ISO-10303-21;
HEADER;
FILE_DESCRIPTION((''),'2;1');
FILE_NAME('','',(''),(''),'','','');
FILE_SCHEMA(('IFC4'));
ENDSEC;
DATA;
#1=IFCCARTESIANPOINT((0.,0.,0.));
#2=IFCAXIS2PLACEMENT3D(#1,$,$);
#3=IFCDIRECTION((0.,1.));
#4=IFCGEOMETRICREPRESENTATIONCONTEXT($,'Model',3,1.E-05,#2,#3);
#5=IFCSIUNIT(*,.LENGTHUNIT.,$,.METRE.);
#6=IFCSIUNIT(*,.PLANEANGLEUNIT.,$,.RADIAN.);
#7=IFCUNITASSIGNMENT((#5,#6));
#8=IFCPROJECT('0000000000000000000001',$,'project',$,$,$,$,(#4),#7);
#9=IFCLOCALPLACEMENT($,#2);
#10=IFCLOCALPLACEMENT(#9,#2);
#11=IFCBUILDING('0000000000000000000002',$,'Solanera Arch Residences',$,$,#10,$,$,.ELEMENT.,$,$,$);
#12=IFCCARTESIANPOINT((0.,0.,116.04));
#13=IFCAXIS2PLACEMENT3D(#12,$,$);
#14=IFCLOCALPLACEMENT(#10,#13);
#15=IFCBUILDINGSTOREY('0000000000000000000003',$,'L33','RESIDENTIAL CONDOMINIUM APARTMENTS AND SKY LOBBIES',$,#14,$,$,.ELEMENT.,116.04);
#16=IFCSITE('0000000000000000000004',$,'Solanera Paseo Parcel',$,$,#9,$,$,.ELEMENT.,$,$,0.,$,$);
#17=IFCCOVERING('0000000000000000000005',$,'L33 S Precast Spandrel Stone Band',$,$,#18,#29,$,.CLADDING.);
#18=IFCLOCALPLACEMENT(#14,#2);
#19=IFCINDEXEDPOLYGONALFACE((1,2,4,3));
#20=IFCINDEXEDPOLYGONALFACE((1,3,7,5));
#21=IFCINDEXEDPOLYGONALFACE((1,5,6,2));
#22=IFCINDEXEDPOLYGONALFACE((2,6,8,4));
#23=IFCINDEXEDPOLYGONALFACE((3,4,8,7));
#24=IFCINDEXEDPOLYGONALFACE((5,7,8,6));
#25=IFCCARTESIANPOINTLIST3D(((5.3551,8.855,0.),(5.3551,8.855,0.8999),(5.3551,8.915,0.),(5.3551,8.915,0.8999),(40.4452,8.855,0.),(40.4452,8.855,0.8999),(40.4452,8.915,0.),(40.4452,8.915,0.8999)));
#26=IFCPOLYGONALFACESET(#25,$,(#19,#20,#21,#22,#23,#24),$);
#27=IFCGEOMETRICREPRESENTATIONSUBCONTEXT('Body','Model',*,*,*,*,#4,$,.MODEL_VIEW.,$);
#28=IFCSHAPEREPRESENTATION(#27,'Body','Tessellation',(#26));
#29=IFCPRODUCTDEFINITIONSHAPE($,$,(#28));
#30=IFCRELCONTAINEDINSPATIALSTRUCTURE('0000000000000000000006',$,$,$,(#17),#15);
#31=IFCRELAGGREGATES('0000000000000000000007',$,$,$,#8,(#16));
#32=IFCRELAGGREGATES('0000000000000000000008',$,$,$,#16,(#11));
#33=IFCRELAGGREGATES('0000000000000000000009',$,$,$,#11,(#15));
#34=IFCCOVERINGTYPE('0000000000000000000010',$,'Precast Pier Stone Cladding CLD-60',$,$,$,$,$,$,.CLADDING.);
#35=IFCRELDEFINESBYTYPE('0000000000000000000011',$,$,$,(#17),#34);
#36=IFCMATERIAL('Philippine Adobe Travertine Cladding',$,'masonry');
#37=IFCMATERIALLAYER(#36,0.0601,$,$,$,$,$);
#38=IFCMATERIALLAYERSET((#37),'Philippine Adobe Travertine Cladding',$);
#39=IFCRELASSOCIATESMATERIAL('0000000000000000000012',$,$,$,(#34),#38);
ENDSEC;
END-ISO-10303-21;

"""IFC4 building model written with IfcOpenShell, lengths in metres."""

from ifc_helpers import new_model, si_unit, direction, frame, frame_2d, origin, place, context, subcontext, project, spatial, rectangle, extrude, material, layer, layer_set, type_object, element, save


model = new_model("IFC4")

# Units and contexts
model_context = context("Model", 3, precision=1e-05, world=origin(), true_north=direction((0.0, 1.0)))
body_context = subcontext(model_context, "Body", "Model", "MODEL_VIEW")
ifc_project = project(units=[si_unit("LENGTHUNIT", "METRE"), si_unit("PLANEANGLEUNIT", "RADIAN")], contexts=[model_context])

# Site, building, storey
site_placement = place(None, origin())
site = spatial("IfcSite", under=ifc_project, at=site_placement, Name="Solanera Paseo Parcel", CompositionType="ELEMENT", RefElevation=0.0)
building_placement = place(site_placement, origin())
building = spatial("IfcBuilding", under=site, at=building_placement, Name="Solanera Arch Residences", CompositionType="ELEMENT")
storey_placement = place(building_placement, frame((0.0, 0.0, 116.04)))
storey = spatial("IfcBuildingStorey", under=building, at=storey_placement, Name="L33", Description="RESIDENTIAL CONDOMINIUM APARTMENTS AND SKY LOBBIES", CompositionType="ELEMENT", Elevation=116.04)

# Covering
ifc_material_1 = material(Name="Philippine Adobe Travertine Cladding", Category="masonry")
ifc_layer_1 = layer(ifc_material_1, 0.0601)
ifc_layer_set_1 = layer_set([ifc_layer_1], Name="Philippine Adobe Travertine Cladding")
covering_type = type_object("IfcCoveringType", Name="Precast Pier Stone Cladding CLD-60", PredefinedType="CLADDING", material=ifc_layer_set_1)
covering_placement = place(storey_placement, frame((40.4451, 8.885, 0.0), z_axis=(0.0, 0.0, 1.0), x_axis=(-1.0, 0.0, 0.0)))
element("IfcCovering", 1, at=covering_placement, inside=storey, type_object=covering_type, Name="L33 S Precast Spandrel Stone Band", PredefinedType="CLADDING", context=body_context, shape_type="SweptSolid", body=[
    extrude(rectangle(XDim=35.0901, YDim=0.0601, at=frame_2d((17.5449, 0.0))), origin(), (0.0, 0.0, 1.0), 0.8999),
])

save(model, "model.ifc")
